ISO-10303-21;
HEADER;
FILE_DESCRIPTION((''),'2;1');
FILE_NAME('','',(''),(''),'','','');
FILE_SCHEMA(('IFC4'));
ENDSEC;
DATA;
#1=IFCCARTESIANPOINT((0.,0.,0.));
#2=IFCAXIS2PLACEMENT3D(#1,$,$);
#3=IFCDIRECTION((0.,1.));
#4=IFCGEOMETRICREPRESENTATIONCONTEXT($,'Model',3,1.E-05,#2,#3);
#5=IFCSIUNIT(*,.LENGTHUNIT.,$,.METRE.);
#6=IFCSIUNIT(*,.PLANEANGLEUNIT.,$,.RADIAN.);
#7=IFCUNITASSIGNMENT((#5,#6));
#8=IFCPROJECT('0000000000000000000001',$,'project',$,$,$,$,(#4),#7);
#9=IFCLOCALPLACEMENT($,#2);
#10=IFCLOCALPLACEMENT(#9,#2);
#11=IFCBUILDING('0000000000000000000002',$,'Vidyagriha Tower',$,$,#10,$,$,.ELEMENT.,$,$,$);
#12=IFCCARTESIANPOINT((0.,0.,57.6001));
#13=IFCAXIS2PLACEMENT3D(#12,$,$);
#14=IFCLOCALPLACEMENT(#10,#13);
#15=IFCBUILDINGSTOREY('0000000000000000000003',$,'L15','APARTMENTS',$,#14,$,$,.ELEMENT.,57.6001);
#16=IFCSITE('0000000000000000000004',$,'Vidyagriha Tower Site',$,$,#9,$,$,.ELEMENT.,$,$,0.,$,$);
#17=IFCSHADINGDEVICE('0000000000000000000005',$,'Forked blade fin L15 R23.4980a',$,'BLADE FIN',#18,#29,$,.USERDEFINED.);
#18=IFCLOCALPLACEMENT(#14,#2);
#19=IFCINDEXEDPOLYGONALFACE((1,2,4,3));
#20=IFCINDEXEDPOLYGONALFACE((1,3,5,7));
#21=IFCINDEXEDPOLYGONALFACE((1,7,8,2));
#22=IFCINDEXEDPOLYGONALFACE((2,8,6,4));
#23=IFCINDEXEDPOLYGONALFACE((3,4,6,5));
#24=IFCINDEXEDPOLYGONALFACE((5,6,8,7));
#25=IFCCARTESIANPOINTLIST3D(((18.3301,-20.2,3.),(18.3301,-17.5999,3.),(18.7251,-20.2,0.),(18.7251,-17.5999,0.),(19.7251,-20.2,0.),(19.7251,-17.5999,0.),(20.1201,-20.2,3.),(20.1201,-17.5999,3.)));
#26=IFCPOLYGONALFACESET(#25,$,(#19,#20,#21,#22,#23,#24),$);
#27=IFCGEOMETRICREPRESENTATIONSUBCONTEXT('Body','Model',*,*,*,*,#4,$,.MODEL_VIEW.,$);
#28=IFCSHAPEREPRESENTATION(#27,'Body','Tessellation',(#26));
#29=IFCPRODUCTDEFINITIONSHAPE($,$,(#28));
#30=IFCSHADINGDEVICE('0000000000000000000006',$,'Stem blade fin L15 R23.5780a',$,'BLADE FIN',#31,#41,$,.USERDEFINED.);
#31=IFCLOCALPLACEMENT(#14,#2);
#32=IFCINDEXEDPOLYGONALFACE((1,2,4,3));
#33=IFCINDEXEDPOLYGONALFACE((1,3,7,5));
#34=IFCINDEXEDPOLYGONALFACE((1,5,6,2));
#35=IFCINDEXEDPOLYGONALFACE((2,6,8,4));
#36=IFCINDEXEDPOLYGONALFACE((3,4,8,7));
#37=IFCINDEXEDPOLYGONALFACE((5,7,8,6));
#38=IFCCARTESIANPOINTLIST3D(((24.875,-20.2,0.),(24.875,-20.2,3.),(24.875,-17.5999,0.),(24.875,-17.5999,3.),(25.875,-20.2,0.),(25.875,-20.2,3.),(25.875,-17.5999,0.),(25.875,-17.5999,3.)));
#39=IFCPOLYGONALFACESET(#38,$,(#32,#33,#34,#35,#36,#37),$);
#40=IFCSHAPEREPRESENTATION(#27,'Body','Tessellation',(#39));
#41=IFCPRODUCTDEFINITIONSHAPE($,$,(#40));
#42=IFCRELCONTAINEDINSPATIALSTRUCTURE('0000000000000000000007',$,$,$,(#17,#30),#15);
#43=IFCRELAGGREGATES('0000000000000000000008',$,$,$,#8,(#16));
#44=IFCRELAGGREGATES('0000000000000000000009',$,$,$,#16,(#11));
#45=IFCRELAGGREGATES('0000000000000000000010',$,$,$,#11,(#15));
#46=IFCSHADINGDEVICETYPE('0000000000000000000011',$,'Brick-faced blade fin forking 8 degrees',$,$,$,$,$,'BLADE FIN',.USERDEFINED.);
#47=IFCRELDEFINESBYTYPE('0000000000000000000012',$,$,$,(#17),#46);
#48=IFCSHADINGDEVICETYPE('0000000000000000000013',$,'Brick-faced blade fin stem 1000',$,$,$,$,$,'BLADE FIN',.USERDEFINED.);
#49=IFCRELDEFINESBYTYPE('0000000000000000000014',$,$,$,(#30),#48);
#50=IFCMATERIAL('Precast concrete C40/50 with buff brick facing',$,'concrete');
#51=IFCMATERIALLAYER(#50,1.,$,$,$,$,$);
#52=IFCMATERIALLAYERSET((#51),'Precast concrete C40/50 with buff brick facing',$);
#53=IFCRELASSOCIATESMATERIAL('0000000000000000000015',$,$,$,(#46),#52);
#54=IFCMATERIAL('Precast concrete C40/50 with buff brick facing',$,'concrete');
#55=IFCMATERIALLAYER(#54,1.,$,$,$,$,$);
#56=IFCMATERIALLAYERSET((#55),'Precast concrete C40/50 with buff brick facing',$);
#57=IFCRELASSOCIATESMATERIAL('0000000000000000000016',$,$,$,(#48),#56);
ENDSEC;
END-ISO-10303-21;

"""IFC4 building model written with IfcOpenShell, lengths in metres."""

from ifc_helpers import new_model, si_unit, direction, frame, origin, place, context, subcontext, project, spatial, polyline, outline, extrude, material, layer, layer_set, type_object, element, save


model = new_model("IFC4")

# Units and contexts
model_context = context("Model", 3, precision=1e-05, world=origin(), true_north=direction((0.0, 1.0)))
body_context = subcontext(model_context, "Body", "Model", "MODEL_VIEW")
ifc_project = project(units=[si_unit("LENGTHUNIT", "METRE"), si_unit("PLANEANGLEUNIT", "RADIAN")], contexts=[model_context])

# Site, building, storey
site_placement = place(None, origin())
site = spatial("IfcSite", under=ifc_project, at=site_placement, Name="Vidyagriha Tower Site", CompositionType="ELEMENT", RefElevation=0.0)
building_placement = place(site_placement, origin())
building = spatial("IfcBuilding", under=site, at=building_placement, Name="Vidyagriha Tower", CompositionType="ELEMENT")
storey_placement = place(building_placement, frame((0.0, 0.0, 57.6001)))
storey = spatial("IfcBuildingStorey", under=building, at=storey_placement, Name="L15", Description="APARTMENTS", CompositionType="ELEMENT", Elevation=57.6001)

# Shading devices
ifc_material_1 = material(Name="Precast concrete C40/50 with buff brick facing", Category="concrete")
ifc_layer_1 = layer(ifc_material_1, 1.0)
ifc_layer_set_1 = layer_set([ifc_layer_1], Name="Precast concrete C40/50 with buff brick facing")
shading_device_type_1 = type_object("IfcShadingDeviceType", Name="Brick-faced blade fin forking 8 degrees", ElementType="BLADE FIN", PredefinedType="USERDEFINED", material=ifc_layer_set_1)
shading_device_1_placement = place(storey_placement, frame((18.3301, -18.8999, 0.0)))
element("IfcShadingDevice", 1, at=shading_device_1_placement, inside=storey, type_object=shading_device_type_1, Name="Forked blade fin L15 R23.4980a", ObjectType="BLADE FIN", PredefinedType="USERDEFINED", context=body_context, shape_type="SweptSolid", body=[
    extrude(outline(polyline([(0.395, 0.0), (1.395, 0.0), (1.79, 3.0), (0.0, 3.0), (0.395, 0.0)])), frame((0.0, 1.3, 0.0), z_axis=(0.0, -1.0, 0.0), x_axis=(1.0, 0.0, 0.0)), (0.0, 0.0, 1.0), 2.6001),
])
ifc_material_2 = material(Name="Precast concrete C40/50 with buff brick facing", Category="concrete")
ifc_layer_2 = layer(ifc_material_2, 1.0)
ifc_layer_set_2 = layer_set([ifc_layer_2], Name="Precast concrete C40/50 with buff brick facing")
shading_device_type_2 = type_object("IfcShadingDeviceType", Name="Brick-faced blade fin stem 1000", ElementType="BLADE FIN", PredefinedType="USERDEFINED", material=ifc_layer_set_2)
shading_device_2_placement = place(storey_placement, frame((24.875, -18.8999, 0.0)))
element("IfcShadingDevice", 2, at=shading_device_2_placement, inside=storey, type_object=shading_device_type_2, Name="Stem blade fin L15 R23.5780a", ObjectType="BLADE FIN", PredefinedType="USERDEFINED", context=body_context, shape_type="SweptSolid", body=[
    extrude(outline(polyline([(0.0, 0.0), (1.0, 0.0), (1.0, 3.0), (0.0, 3.0), (0.0, 0.0)])), frame((0.0, 1.3, 0.0), z_axis=(0.0, -1.0, 0.0), x_axis=(1.0, 0.0, 0.0)), (0.0, 0.0, 1.0), 2.6001),
])

save(model, "model.ifc")
